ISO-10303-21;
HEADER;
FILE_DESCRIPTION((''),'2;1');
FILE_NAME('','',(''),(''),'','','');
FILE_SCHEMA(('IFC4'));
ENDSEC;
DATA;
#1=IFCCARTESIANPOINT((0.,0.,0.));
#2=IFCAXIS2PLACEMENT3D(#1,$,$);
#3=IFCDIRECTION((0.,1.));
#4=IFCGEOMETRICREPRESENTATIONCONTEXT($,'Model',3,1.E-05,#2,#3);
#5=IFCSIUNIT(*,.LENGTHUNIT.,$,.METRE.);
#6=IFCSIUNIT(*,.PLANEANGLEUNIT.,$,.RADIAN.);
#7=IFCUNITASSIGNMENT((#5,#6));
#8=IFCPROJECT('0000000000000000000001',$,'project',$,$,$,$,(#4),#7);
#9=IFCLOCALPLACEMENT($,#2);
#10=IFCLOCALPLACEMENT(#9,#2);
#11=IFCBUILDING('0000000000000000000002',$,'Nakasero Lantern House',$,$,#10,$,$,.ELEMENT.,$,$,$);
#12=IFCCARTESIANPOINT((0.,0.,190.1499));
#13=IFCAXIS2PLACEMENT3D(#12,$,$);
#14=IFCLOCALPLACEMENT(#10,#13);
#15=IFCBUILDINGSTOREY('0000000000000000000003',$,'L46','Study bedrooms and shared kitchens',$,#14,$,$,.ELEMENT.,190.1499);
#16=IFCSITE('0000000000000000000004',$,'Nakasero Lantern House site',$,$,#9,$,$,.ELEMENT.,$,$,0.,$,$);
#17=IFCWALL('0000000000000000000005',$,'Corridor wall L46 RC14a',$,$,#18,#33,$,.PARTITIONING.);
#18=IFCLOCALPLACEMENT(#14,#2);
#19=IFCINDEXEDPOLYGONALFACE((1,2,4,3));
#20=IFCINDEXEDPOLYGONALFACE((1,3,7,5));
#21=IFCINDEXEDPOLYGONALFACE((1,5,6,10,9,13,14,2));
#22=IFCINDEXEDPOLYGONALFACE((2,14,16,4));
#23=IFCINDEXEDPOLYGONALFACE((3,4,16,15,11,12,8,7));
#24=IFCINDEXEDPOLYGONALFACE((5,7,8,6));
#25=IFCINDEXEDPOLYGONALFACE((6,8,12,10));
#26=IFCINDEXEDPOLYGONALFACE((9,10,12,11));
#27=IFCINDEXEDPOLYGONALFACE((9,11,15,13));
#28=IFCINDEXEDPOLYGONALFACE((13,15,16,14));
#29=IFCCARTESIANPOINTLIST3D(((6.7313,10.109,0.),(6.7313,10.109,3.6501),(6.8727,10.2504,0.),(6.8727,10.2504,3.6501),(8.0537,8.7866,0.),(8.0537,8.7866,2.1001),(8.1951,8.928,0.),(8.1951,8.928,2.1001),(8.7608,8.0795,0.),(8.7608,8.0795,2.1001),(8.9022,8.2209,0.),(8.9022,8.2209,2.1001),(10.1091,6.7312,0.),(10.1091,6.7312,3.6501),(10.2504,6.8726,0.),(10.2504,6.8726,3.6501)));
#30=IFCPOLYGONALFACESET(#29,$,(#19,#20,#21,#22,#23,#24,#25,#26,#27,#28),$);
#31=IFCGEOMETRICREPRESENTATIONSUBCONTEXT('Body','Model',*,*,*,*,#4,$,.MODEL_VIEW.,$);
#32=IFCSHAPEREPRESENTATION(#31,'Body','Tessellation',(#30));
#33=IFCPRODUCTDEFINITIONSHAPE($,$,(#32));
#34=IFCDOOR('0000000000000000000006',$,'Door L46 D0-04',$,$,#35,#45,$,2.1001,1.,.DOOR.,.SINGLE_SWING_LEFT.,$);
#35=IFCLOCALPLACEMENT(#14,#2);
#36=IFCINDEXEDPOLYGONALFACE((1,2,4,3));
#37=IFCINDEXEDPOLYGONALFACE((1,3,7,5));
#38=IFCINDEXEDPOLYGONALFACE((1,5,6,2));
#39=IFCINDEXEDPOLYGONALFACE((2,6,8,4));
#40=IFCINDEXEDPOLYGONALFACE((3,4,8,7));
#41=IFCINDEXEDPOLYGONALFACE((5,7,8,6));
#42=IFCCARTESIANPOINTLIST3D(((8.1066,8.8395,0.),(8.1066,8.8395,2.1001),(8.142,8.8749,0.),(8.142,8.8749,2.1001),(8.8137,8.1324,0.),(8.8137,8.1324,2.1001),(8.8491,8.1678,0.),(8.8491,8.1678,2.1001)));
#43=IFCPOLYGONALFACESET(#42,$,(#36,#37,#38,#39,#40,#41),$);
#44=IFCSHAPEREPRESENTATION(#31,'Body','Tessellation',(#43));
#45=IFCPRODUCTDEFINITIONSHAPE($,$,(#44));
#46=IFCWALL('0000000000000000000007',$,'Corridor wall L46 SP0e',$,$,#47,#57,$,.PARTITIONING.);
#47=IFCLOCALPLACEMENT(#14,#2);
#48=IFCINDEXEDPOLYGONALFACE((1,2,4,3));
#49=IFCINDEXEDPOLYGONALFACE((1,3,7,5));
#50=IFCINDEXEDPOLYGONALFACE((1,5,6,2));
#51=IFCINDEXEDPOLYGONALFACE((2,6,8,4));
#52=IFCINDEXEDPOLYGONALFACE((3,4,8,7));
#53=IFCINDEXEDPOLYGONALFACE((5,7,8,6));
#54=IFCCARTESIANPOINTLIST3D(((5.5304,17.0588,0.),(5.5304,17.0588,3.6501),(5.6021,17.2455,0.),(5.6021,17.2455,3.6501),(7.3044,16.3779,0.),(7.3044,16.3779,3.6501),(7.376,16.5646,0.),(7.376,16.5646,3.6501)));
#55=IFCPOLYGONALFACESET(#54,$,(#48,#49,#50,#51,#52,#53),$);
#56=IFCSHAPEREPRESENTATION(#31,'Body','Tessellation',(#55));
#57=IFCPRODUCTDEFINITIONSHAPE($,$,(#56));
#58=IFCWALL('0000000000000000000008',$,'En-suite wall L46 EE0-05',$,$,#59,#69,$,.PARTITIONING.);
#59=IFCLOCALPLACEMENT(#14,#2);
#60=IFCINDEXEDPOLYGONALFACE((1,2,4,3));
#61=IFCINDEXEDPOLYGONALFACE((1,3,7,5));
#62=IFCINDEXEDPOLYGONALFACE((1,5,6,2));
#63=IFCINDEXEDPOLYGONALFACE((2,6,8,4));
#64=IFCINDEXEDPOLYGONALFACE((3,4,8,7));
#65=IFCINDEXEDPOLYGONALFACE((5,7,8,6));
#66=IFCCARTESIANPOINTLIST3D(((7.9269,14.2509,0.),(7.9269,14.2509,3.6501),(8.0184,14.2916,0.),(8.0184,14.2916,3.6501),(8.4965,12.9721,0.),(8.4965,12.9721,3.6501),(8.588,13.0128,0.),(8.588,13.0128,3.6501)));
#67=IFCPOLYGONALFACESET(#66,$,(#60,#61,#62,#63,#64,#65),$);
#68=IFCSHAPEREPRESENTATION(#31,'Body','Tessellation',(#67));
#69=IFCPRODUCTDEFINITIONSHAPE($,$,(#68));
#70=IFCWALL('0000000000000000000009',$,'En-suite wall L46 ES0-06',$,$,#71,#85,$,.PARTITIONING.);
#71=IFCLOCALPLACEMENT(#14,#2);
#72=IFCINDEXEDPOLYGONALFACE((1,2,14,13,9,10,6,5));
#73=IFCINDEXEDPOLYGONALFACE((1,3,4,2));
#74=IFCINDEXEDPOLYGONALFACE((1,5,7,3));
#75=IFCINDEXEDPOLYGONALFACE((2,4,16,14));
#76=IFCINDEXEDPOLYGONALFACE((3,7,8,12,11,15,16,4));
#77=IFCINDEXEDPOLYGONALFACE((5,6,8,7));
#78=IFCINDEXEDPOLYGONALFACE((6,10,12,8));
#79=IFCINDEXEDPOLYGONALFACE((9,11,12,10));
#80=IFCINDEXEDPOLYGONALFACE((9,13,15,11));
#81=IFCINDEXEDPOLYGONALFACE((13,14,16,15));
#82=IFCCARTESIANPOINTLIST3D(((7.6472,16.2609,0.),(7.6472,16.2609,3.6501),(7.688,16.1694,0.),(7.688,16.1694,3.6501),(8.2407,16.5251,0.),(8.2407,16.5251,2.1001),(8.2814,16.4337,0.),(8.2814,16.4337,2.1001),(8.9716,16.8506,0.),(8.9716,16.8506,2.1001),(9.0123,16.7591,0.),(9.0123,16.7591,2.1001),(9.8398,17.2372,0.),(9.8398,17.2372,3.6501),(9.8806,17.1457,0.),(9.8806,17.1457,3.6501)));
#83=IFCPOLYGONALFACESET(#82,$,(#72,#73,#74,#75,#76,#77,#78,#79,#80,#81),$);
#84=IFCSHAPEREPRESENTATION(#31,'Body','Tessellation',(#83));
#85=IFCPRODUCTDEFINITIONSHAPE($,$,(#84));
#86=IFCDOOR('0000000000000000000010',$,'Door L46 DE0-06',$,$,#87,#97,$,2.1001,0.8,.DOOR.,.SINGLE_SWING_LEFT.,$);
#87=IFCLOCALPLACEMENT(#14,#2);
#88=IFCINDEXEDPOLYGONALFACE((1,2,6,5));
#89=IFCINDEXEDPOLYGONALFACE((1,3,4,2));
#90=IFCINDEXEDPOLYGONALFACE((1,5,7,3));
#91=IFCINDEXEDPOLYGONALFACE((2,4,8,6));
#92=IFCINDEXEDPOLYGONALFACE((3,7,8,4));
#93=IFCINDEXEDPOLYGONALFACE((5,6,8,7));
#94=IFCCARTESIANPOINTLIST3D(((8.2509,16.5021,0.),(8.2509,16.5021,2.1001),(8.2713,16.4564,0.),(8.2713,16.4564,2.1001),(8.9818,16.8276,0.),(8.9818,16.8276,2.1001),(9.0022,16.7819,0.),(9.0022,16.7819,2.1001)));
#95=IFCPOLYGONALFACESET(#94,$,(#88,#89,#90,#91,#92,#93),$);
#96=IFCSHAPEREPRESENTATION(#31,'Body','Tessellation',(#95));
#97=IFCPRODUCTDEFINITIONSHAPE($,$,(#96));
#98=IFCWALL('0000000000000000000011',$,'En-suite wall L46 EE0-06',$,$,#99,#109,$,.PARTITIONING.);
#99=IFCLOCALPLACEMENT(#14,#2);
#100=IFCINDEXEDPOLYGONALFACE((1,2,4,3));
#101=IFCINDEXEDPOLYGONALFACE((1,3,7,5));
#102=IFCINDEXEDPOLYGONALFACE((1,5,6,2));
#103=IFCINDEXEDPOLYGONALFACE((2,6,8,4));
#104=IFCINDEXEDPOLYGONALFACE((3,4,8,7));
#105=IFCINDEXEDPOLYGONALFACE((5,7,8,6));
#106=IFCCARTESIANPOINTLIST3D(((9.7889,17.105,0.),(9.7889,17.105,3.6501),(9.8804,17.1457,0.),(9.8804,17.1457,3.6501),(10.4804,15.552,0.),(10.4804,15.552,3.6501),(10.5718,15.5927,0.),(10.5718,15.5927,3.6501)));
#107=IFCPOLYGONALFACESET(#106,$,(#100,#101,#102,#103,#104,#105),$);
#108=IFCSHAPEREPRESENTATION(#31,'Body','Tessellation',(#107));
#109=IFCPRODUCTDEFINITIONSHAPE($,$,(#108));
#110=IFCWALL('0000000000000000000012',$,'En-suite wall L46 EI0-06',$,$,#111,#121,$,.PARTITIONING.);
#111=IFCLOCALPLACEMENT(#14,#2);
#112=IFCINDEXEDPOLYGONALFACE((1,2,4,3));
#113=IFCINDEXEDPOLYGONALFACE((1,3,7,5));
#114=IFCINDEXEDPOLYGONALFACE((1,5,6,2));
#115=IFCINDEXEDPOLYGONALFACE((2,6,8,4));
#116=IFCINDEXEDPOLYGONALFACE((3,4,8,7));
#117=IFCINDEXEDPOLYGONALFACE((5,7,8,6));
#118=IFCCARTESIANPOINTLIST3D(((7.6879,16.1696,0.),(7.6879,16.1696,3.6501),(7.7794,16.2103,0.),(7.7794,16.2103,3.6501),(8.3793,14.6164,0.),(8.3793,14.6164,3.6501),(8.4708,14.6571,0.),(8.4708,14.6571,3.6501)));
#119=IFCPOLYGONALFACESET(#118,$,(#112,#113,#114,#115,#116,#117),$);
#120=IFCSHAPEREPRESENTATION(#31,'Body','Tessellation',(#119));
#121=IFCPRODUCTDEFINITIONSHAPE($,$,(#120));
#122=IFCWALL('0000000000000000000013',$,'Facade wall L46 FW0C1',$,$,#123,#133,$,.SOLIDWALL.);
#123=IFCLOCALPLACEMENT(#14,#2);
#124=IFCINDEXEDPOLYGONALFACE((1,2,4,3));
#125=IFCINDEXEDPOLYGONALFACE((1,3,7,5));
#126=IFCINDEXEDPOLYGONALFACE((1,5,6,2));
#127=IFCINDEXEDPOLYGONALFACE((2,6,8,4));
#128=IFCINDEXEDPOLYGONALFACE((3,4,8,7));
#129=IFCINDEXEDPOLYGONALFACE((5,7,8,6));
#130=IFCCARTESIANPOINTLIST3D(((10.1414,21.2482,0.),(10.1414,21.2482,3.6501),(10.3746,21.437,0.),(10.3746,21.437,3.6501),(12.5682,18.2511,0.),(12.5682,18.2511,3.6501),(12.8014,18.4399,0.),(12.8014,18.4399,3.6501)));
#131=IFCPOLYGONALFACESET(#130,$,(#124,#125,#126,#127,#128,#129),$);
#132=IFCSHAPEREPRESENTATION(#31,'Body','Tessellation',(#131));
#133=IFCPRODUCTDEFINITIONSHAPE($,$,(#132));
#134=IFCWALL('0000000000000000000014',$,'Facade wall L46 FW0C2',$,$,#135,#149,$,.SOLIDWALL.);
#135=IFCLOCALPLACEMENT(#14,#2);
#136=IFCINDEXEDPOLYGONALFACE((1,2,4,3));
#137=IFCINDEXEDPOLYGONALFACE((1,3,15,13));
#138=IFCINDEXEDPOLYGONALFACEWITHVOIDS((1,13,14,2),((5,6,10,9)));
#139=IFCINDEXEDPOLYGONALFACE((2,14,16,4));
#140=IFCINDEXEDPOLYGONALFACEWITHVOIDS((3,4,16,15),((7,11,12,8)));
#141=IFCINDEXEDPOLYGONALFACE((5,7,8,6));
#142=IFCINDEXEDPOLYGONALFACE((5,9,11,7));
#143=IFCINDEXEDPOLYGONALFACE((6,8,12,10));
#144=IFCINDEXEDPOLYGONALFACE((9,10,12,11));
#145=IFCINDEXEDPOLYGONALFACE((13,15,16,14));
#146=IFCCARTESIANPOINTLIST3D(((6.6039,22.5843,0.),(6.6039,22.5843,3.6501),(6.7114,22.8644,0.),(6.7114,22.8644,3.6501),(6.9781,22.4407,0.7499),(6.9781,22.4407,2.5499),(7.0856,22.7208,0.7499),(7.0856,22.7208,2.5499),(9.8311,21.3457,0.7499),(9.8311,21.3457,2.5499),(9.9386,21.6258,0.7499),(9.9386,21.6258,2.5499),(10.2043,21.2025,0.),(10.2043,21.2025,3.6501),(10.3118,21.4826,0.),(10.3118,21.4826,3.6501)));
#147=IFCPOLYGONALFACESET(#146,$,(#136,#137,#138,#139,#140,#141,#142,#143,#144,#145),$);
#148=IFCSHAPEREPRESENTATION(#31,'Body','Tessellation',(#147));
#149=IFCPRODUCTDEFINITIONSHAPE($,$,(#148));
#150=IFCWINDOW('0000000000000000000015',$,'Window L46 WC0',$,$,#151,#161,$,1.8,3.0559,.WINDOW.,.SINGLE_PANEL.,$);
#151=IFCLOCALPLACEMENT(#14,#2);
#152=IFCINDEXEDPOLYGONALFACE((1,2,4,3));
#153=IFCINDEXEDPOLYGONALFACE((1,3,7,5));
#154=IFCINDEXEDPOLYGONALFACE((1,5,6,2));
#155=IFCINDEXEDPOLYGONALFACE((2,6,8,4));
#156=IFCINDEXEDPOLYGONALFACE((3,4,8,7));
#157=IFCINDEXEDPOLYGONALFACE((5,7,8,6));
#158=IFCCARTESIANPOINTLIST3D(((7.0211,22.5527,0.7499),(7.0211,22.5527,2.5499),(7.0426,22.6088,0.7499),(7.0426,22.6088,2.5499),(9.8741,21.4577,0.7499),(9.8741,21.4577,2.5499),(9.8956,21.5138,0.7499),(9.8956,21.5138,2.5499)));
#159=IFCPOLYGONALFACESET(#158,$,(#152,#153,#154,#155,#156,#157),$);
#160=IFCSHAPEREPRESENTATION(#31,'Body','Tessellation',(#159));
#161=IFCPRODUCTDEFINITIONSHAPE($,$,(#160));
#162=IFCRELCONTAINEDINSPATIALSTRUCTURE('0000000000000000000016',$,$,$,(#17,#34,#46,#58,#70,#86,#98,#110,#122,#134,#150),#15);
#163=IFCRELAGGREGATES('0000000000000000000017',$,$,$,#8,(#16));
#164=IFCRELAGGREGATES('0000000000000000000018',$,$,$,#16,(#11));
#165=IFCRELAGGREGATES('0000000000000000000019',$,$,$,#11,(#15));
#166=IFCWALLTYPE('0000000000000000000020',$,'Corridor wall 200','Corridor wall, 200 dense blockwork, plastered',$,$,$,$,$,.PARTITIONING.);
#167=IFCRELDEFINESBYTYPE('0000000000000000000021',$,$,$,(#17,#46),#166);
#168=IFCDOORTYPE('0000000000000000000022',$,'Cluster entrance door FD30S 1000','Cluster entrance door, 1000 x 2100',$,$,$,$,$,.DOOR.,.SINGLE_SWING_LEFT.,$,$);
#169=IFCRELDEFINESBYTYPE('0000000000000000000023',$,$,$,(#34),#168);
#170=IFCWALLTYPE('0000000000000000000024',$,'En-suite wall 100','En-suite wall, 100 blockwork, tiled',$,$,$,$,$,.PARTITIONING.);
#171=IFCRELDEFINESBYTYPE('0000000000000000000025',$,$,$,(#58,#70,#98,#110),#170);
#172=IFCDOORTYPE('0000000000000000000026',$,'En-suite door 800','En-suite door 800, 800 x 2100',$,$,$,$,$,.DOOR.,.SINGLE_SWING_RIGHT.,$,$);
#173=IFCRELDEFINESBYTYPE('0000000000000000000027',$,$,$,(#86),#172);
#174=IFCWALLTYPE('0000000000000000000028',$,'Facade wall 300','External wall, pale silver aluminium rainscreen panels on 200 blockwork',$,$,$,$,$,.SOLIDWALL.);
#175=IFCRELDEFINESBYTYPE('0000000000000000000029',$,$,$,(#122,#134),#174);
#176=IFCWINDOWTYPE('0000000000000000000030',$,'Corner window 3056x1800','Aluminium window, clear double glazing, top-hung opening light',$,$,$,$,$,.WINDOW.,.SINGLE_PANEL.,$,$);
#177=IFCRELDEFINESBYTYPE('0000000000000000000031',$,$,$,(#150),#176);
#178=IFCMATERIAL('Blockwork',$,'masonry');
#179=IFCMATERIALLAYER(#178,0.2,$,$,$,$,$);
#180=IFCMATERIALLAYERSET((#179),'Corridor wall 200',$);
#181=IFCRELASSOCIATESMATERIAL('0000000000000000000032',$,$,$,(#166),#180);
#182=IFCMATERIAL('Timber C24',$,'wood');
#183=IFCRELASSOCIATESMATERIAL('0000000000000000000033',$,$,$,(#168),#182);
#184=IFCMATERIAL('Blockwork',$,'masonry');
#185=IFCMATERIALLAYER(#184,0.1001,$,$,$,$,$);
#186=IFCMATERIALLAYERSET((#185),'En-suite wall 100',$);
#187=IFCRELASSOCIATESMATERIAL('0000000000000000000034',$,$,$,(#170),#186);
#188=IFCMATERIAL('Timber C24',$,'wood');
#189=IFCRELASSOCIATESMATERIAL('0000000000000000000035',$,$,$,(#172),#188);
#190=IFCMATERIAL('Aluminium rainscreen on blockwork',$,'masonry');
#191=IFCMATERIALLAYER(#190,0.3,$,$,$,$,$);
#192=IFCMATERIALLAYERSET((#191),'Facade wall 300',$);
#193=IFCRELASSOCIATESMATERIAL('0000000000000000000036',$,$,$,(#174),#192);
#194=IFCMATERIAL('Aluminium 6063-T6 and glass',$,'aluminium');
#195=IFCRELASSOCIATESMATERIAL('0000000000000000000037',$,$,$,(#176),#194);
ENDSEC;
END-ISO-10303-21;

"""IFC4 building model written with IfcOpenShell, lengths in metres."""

from ifc_helpers import new_model, si_unit, direction, frame, frame_2d, origin, place, context, subcontext, project, spatial, rectangle, extrude, material, layer, layer_set, type_object, element, fill, save


model = new_model("IFC4")

# Units and contexts
model_context = context("Model", 3, precision=1e-05, world=origin(), true_north=direction((0.0, 1.0)))
body_context = subcontext(model_context, "Body", "Model", "MODEL_VIEW")
ifc_project = project(units=[si_unit("LENGTHUNIT", "METRE"), si_unit("PLANEANGLEUNIT", "RADIAN")], contexts=[model_context])

# Site, building, storey
site_placement = place(None, origin())
site = spatial("IfcSite", under=ifc_project, at=site_placement, Name="Nakasero Lantern House site", CompositionType="ELEMENT", RefElevation=0.0)
building_placement = place(site_placement, origin())
building = spatial("IfcBuilding", under=site, at=building_placement, Name="Nakasero Lantern House", CompositionType="ELEMENT")
storey_placement = place(building_placement, frame((0.0, 0.0, 190.1499)))
storey = spatial("IfcBuildingStorey", under=building, at=storey_placement, Name="L46", Description="Study bedrooms and shared kitchens", CompositionType="ELEMENT", Elevation=190.1499)

# Wall, opening, door
ifc_material_1 = material(Name="Blockwork", Category="masonry")
ifc_layer_1 = layer(ifc_material_1, 0.2)
ifc_layer_set_1 = layer_set([ifc_layer_1], Name="Corridor wall 200")
wall_type_1 = type_object("IfcWallType", Name="Corridor wall 200", Description="Corridor wall, 200 dense blockwork, plastered", PredefinedType="PARTITIONING", material=ifc_layer_set_1)
wall_1_placement = place(storey_placement, frame((6.802, 10.1797, 0.0), z_axis=(0.0, 0.0, 1.0), x_axis=(0.707107, -0.707107, 0.0)))
wall_1 = element("IfcWall", 1, at=wall_1_placement, inside=storey, type_object=wall_type_1, Name="Corridor wall L46 RC14a", PredefinedType="PARTITIONING", context=body_context, shape_type="SweptSolid", body=[
    extrude(rectangle(XDim=4.7769, YDim=0.2, at=frame_2d((2.3884, 0.0))), origin(), (0.0, 0.0, 1.0), 3.6501),
])
opening_1_placement = place(wall_1_placement, frame((1.8701, 0.0, 0.0)))
opening_1 = element("IfcOpeningElement", 2, at=opening_1_placement, cuts=wall_1, PredefinedType="OPENING", context=body_context, shape_type="SweptSolid", body=[
    extrude(rectangle(XDim=1.0, YDim=2.1001, at=frame_2d((0.5, 1.05))), frame((0.0, 0.1199, 0.0), z_axis=(0.0, -1.0, 0.0), x_axis=(1.0, 0.0, 0.0)), (0.0, 0.0, 1.0), 0.24),
])
ifc_material_2 = material(Name="Timber C24", Category="wood")
door_type_1 = type_object("IfcDoorType", Name="Cluster entrance door FD30S 1000", Description="Cluster entrance door, 1000 x 2100", OperationType="SINGLE_SWING_LEFT", PredefinedType="DOOR", material=ifc_material_2)
door_1_placement = place(opening_1_placement, origin())
door_1 = element("IfcDoor", 3, at=door_1_placement, inside=storey, type_object=door_type_1, Name="Door L46 D0-04", OperationType="SINGLE_SWING_LEFT", OverallHeight=2.1001, OverallWidth=1.0, PredefinedType="DOOR", context=body_context, shape_type="SweptSolid", body=[
    extrude(rectangle(XDim=1.0, YDim=2.1001, at=frame_2d((0.5, 1.05))), frame((0.0, 0.0249, 0.0), z_axis=(0.0, -1.0, 0.0), x_axis=(1.0, 0.0, 0.0)), (0.0, 0.0, 1.0), 0.05),
])
fill(opening_1, door_1)

# Walls
wall_2_placement = place(storey_placement, frame((7.3403, 16.4712, 0.0), z_axis=(0.0, 0.0, 1.0), x_axis=(-0.933587, 0.35835, 0.0)))
element("IfcWall", 4, at=wall_2_placement, inside=storey, type_object=wall_type_1, Name="Corridor wall L46 SP0e", PredefinedType="PARTITIONING", context=body_context, shape_type="SweptSolid", body=[
    extrude(rectangle(XDim=1.9001, YDim=0.2, at=frame_2d((0.9502, 0.0))), origin(), (0.0, 0.0, 1.0), 3.6501),
])
ifc_material_3 = material(Name="Blockwork", Category="masonry")
ifc_layer_2 = layer(ifc_material_3, 0.1001)
ifc_layer_set_2 = layer_set([ifc_layer_2], Name="En-suite wall 100")
wall_type_2 = type_object("IfcWallType", Name="En-suite wall 100", Description="En-suite wall, 100 blockwork, tiled", PredefinedType="PARTITIONING", material=ifc_layer_set_2)
wall_3_placement = place(storey_placement, frame((8.5422, 12.9924, 0.0), z_axis=(0.0, 0.0, 1.0), x_axis=(-0.406866, 0.913488, 0.0)))
element("IfcWall", 5, at=wall_3_placement, inside=storey, type_object=wall_type_2, Name="En-suite wall L46 EE0-05", PredefinedType="PARTITIONING", context=body_context, shape_type="SweptSolid", body=[
    extrude(rectangle(XDim=1.3999, YDim=0.1001, at=frame_2d((0.7, 0.0))), origin(), (0.0, 0.0, 1.0), 3.6501),
])

# Wall, opening, door
wall_4_placement = place(storey_placement, frame((7.6675, 16.2151, 0.0), z_axis=(0.0, 0.0, 1.0), x_axis=(0.91353, 0.406771, 0.0)))
wall_4 = element("IfcWall", 6, at=wall_4_placement, inside=storey, type_object=wall_type_2, Name="En-suite wall L46 ES0-06", PredefinedType="PARTITIONING", context=body_context, shape_type="SweptSolid", body=[
    extrude(rectangle(XDim=2.4001, YDim=0.1001, at=frame_2d((1.2002, 0.0))), origin(), (0.0, 0.0, 1.0), 3.6501),
])
opening_2_placement = place(wall_4_placement, frame((0.6499, 0.0, 0.0)))
opening_2 = element("IfcOpeningElement", 7, at=opening_2_placement, cuts=wall_4, PredefinedType="OPENING", context=body_context, shape_type="SweptSolid", body=[
    extrude(rectangle(XDim=0.8, YDim=2.1001, at=frame_2d((0.3999, 1.05))), frame((0.0, 0.0701, 0.0), z_axis=(0.0, -1.0, 0.0), x_axis=(1.0, 0.0, 0.0)), (0.0, 0.0, 1.0), 0.1401),
])
ifc_material_4 = material(Name="Timber C24", Category="wood")
door_type_2 = type_object("IfcDoorType", Name="En-suite door 800", Description="En-suite door 800, 800 x 2100", OperationType="SINGLE_SWING_RIGHT", PredefinedType="DOOR", material=ifc_material_4)
door_2_placement = place(opening_2_placement, origin())
door_2 = element("IfcDoor", 8, at=door_2_placement, inside=storey, type_object=door_type_2, Name="Door L46 DE0-06", OperationType="SINGLE_SWING_LEFT", OverallHeight=2.1001, OverallWidth=0.8, PredefinedType="DOOR", context=body_context, shape_type="SweptSolid", body=[
    extrude(rectangle(XDim=0.8, YDim=2.1001, at=frame_2d((0.3999, 1.05))), frame((0.0, 0.0249, 0.0), z_axis=(0.0, -1.0, 0.0), x_axis=(1.0, 0.0, 0.0)), (0.0, 0.0, 1.0), 0.05),
])
fill(opening_2, door_2)

# Walls
wall_5_placement = place(storey_placement, frame((10.5261, 15.5723, 0.0), z_axis=(0.0, 0.0, 1.0), x_axis=(-0.406725, 0.913551, 0.0)))
element("IfcWall", 9, at=wall_5_placement, inside=storey, type_object=wall_type_2, Name="En-suite wall L46 EE0-06", PredefinedType="PARTITIONING", context=body_context, shape_type="SweptSolid", body=[
    extrude(rectangle(XDim=1.7, YDim=0.1001, at=frame_2d((0.8501, 0.0))), origin(), (0.0, 0.0, 1.0), 3.6501),
])
wall_6_placement = place(storey_placement, frame((8.425, 14.6367, 0.0), z_axis=(0.0, 0.0, 1.0), x_axis=(-0.406671, 0.913575, 0.0)))
element("IfcWall", 10, at=wall_6_placement, inside=storey, type_object=wall_type_2, Name="En-suite wall L46 EI0-06", PredefinedType="PARTITIONING", context=body_context, shape_type="SweptSolid", body=[
    extrude(rectangle(XDim=1.7002, YDim=0.1001, at=frame_2d((0.8501, 0.0))), origin(), (0.0, 0.0, 1.0), 3.6501),
])
ifc_material_5 = material(Name="Aluminium rainscreen on blockwork", Category="masonry")
ifc_layer_3 = layer(ifc_material_5, 0.3)
ifc_layer_set_3 = layer_set([ifc_layer_3], Name="Facade wall 300")
wall_type_3 = type_object("IfcWallType", Name="Facade wall 300", Description="External wall, pale silver aluminium rainscreen panels on 200 blockwork", PredefinedType="SOLIDWALL", material=ifc_layer_set_3)
wall_7_placement = place(storey_placement, frame((12.6848, 18.3455, 0.0), z_axis=(0.0, 0.0, 1.0), x_axis=(-0.629286, 0.777174, 0.0)))
element("IfcWall", 11, at=wall_7_placement, inside=storey, type_object=wall_type_3, Name="Facade wall L46 FW0C1", PredefinedType="SOLIDWALL", context=body_context, shape_type="SweptSolid", body=[
    extrude(rectangle(XDim=3.8564, YDim=0.3, at=frame_2d((1.9282, 0.0))), origin(), (0.0, 0.0, 1.0), 3.6501),
])

# Wall, opening, window
wall_8_placement = place(storey_placement, frame((10.2581, 21.3425, 0.0), z_axis=(0.0, 0.0, 1.0), x_axis=(-0.933598, 0.358321, 0.0)))
wall_8 = element("IfcWall", 12, at=wall_8_placement, inside=storey, type_object=wall_type_3, Name="Facade wall L46 FW0C2", PredefinedType="SOLIDWALL", context=body_context, shape_type="SweptSolid", body=[
    extrude(rectangle(XDim=3.8564, YDim=0.3, at=frame_2d((1.9282, 0.0))), origin(), (0.0, 0.0, 1.0), 3.6501),
])
opening_3_placement = place(wall_8_placement, frame((0.3999, 0.0, 0.75)))
opening_3 = element("IfcOpeningElement", 13, at=opening_3_placement, cuts=wall_8, PredefinedType="OPENING", context=body_context, shape_type="SweptSolid", body=[
    extrude(rectangle(XDim=3.0559, YDim=1.8, at=frame_2d((1.5278, 0.8999))), frame((0.0, 0.1699, 0.0), z_axis=(0.0, -1.0, 0.0), x_axis=(1.0, 0.0, 0.0)), (0.0, 0.0, 1.0), 0.3401),
])
ifc_material_6 = material(Name="Aluminium 6063-T6 and glass", Category="aluminium")
window_type = type_object("IfcWindowType", Name="Corner window 3056x1800", Description="Aluminium window, clear double glazing, top-hung opening light", PartitioningType="SINGLE_PANEL", PredefinedType="WINDOW", material=ifc_material_6)
window_placement = place(opening_3_placement, origin())
window = element("IfcWindow", 14, at=window_placement, inside=storey, type_object=window_type, Name="Window L46 WC0", OverallHeight=1.8, OverallWidth=3.0559, PartitioningType="SINGLE_PANEL", PredefinedType="WINDOW", context=body_context, shape_type="SweptSolid", body=[
    extrude(rectangle(XDim=3.0559, YDim=1.8, at=frame_2d((1.5278, 0.8999))), frame((0.0, 0.03, 0.0), z_axis=(0.0, -1.0, 0.0), x_axis=(1.0, 0.0, 0.0)), (0.0, 0.0, 1.0), 0.0601),
])
fill(opening_3, window)

save(model, "model.ifc")
